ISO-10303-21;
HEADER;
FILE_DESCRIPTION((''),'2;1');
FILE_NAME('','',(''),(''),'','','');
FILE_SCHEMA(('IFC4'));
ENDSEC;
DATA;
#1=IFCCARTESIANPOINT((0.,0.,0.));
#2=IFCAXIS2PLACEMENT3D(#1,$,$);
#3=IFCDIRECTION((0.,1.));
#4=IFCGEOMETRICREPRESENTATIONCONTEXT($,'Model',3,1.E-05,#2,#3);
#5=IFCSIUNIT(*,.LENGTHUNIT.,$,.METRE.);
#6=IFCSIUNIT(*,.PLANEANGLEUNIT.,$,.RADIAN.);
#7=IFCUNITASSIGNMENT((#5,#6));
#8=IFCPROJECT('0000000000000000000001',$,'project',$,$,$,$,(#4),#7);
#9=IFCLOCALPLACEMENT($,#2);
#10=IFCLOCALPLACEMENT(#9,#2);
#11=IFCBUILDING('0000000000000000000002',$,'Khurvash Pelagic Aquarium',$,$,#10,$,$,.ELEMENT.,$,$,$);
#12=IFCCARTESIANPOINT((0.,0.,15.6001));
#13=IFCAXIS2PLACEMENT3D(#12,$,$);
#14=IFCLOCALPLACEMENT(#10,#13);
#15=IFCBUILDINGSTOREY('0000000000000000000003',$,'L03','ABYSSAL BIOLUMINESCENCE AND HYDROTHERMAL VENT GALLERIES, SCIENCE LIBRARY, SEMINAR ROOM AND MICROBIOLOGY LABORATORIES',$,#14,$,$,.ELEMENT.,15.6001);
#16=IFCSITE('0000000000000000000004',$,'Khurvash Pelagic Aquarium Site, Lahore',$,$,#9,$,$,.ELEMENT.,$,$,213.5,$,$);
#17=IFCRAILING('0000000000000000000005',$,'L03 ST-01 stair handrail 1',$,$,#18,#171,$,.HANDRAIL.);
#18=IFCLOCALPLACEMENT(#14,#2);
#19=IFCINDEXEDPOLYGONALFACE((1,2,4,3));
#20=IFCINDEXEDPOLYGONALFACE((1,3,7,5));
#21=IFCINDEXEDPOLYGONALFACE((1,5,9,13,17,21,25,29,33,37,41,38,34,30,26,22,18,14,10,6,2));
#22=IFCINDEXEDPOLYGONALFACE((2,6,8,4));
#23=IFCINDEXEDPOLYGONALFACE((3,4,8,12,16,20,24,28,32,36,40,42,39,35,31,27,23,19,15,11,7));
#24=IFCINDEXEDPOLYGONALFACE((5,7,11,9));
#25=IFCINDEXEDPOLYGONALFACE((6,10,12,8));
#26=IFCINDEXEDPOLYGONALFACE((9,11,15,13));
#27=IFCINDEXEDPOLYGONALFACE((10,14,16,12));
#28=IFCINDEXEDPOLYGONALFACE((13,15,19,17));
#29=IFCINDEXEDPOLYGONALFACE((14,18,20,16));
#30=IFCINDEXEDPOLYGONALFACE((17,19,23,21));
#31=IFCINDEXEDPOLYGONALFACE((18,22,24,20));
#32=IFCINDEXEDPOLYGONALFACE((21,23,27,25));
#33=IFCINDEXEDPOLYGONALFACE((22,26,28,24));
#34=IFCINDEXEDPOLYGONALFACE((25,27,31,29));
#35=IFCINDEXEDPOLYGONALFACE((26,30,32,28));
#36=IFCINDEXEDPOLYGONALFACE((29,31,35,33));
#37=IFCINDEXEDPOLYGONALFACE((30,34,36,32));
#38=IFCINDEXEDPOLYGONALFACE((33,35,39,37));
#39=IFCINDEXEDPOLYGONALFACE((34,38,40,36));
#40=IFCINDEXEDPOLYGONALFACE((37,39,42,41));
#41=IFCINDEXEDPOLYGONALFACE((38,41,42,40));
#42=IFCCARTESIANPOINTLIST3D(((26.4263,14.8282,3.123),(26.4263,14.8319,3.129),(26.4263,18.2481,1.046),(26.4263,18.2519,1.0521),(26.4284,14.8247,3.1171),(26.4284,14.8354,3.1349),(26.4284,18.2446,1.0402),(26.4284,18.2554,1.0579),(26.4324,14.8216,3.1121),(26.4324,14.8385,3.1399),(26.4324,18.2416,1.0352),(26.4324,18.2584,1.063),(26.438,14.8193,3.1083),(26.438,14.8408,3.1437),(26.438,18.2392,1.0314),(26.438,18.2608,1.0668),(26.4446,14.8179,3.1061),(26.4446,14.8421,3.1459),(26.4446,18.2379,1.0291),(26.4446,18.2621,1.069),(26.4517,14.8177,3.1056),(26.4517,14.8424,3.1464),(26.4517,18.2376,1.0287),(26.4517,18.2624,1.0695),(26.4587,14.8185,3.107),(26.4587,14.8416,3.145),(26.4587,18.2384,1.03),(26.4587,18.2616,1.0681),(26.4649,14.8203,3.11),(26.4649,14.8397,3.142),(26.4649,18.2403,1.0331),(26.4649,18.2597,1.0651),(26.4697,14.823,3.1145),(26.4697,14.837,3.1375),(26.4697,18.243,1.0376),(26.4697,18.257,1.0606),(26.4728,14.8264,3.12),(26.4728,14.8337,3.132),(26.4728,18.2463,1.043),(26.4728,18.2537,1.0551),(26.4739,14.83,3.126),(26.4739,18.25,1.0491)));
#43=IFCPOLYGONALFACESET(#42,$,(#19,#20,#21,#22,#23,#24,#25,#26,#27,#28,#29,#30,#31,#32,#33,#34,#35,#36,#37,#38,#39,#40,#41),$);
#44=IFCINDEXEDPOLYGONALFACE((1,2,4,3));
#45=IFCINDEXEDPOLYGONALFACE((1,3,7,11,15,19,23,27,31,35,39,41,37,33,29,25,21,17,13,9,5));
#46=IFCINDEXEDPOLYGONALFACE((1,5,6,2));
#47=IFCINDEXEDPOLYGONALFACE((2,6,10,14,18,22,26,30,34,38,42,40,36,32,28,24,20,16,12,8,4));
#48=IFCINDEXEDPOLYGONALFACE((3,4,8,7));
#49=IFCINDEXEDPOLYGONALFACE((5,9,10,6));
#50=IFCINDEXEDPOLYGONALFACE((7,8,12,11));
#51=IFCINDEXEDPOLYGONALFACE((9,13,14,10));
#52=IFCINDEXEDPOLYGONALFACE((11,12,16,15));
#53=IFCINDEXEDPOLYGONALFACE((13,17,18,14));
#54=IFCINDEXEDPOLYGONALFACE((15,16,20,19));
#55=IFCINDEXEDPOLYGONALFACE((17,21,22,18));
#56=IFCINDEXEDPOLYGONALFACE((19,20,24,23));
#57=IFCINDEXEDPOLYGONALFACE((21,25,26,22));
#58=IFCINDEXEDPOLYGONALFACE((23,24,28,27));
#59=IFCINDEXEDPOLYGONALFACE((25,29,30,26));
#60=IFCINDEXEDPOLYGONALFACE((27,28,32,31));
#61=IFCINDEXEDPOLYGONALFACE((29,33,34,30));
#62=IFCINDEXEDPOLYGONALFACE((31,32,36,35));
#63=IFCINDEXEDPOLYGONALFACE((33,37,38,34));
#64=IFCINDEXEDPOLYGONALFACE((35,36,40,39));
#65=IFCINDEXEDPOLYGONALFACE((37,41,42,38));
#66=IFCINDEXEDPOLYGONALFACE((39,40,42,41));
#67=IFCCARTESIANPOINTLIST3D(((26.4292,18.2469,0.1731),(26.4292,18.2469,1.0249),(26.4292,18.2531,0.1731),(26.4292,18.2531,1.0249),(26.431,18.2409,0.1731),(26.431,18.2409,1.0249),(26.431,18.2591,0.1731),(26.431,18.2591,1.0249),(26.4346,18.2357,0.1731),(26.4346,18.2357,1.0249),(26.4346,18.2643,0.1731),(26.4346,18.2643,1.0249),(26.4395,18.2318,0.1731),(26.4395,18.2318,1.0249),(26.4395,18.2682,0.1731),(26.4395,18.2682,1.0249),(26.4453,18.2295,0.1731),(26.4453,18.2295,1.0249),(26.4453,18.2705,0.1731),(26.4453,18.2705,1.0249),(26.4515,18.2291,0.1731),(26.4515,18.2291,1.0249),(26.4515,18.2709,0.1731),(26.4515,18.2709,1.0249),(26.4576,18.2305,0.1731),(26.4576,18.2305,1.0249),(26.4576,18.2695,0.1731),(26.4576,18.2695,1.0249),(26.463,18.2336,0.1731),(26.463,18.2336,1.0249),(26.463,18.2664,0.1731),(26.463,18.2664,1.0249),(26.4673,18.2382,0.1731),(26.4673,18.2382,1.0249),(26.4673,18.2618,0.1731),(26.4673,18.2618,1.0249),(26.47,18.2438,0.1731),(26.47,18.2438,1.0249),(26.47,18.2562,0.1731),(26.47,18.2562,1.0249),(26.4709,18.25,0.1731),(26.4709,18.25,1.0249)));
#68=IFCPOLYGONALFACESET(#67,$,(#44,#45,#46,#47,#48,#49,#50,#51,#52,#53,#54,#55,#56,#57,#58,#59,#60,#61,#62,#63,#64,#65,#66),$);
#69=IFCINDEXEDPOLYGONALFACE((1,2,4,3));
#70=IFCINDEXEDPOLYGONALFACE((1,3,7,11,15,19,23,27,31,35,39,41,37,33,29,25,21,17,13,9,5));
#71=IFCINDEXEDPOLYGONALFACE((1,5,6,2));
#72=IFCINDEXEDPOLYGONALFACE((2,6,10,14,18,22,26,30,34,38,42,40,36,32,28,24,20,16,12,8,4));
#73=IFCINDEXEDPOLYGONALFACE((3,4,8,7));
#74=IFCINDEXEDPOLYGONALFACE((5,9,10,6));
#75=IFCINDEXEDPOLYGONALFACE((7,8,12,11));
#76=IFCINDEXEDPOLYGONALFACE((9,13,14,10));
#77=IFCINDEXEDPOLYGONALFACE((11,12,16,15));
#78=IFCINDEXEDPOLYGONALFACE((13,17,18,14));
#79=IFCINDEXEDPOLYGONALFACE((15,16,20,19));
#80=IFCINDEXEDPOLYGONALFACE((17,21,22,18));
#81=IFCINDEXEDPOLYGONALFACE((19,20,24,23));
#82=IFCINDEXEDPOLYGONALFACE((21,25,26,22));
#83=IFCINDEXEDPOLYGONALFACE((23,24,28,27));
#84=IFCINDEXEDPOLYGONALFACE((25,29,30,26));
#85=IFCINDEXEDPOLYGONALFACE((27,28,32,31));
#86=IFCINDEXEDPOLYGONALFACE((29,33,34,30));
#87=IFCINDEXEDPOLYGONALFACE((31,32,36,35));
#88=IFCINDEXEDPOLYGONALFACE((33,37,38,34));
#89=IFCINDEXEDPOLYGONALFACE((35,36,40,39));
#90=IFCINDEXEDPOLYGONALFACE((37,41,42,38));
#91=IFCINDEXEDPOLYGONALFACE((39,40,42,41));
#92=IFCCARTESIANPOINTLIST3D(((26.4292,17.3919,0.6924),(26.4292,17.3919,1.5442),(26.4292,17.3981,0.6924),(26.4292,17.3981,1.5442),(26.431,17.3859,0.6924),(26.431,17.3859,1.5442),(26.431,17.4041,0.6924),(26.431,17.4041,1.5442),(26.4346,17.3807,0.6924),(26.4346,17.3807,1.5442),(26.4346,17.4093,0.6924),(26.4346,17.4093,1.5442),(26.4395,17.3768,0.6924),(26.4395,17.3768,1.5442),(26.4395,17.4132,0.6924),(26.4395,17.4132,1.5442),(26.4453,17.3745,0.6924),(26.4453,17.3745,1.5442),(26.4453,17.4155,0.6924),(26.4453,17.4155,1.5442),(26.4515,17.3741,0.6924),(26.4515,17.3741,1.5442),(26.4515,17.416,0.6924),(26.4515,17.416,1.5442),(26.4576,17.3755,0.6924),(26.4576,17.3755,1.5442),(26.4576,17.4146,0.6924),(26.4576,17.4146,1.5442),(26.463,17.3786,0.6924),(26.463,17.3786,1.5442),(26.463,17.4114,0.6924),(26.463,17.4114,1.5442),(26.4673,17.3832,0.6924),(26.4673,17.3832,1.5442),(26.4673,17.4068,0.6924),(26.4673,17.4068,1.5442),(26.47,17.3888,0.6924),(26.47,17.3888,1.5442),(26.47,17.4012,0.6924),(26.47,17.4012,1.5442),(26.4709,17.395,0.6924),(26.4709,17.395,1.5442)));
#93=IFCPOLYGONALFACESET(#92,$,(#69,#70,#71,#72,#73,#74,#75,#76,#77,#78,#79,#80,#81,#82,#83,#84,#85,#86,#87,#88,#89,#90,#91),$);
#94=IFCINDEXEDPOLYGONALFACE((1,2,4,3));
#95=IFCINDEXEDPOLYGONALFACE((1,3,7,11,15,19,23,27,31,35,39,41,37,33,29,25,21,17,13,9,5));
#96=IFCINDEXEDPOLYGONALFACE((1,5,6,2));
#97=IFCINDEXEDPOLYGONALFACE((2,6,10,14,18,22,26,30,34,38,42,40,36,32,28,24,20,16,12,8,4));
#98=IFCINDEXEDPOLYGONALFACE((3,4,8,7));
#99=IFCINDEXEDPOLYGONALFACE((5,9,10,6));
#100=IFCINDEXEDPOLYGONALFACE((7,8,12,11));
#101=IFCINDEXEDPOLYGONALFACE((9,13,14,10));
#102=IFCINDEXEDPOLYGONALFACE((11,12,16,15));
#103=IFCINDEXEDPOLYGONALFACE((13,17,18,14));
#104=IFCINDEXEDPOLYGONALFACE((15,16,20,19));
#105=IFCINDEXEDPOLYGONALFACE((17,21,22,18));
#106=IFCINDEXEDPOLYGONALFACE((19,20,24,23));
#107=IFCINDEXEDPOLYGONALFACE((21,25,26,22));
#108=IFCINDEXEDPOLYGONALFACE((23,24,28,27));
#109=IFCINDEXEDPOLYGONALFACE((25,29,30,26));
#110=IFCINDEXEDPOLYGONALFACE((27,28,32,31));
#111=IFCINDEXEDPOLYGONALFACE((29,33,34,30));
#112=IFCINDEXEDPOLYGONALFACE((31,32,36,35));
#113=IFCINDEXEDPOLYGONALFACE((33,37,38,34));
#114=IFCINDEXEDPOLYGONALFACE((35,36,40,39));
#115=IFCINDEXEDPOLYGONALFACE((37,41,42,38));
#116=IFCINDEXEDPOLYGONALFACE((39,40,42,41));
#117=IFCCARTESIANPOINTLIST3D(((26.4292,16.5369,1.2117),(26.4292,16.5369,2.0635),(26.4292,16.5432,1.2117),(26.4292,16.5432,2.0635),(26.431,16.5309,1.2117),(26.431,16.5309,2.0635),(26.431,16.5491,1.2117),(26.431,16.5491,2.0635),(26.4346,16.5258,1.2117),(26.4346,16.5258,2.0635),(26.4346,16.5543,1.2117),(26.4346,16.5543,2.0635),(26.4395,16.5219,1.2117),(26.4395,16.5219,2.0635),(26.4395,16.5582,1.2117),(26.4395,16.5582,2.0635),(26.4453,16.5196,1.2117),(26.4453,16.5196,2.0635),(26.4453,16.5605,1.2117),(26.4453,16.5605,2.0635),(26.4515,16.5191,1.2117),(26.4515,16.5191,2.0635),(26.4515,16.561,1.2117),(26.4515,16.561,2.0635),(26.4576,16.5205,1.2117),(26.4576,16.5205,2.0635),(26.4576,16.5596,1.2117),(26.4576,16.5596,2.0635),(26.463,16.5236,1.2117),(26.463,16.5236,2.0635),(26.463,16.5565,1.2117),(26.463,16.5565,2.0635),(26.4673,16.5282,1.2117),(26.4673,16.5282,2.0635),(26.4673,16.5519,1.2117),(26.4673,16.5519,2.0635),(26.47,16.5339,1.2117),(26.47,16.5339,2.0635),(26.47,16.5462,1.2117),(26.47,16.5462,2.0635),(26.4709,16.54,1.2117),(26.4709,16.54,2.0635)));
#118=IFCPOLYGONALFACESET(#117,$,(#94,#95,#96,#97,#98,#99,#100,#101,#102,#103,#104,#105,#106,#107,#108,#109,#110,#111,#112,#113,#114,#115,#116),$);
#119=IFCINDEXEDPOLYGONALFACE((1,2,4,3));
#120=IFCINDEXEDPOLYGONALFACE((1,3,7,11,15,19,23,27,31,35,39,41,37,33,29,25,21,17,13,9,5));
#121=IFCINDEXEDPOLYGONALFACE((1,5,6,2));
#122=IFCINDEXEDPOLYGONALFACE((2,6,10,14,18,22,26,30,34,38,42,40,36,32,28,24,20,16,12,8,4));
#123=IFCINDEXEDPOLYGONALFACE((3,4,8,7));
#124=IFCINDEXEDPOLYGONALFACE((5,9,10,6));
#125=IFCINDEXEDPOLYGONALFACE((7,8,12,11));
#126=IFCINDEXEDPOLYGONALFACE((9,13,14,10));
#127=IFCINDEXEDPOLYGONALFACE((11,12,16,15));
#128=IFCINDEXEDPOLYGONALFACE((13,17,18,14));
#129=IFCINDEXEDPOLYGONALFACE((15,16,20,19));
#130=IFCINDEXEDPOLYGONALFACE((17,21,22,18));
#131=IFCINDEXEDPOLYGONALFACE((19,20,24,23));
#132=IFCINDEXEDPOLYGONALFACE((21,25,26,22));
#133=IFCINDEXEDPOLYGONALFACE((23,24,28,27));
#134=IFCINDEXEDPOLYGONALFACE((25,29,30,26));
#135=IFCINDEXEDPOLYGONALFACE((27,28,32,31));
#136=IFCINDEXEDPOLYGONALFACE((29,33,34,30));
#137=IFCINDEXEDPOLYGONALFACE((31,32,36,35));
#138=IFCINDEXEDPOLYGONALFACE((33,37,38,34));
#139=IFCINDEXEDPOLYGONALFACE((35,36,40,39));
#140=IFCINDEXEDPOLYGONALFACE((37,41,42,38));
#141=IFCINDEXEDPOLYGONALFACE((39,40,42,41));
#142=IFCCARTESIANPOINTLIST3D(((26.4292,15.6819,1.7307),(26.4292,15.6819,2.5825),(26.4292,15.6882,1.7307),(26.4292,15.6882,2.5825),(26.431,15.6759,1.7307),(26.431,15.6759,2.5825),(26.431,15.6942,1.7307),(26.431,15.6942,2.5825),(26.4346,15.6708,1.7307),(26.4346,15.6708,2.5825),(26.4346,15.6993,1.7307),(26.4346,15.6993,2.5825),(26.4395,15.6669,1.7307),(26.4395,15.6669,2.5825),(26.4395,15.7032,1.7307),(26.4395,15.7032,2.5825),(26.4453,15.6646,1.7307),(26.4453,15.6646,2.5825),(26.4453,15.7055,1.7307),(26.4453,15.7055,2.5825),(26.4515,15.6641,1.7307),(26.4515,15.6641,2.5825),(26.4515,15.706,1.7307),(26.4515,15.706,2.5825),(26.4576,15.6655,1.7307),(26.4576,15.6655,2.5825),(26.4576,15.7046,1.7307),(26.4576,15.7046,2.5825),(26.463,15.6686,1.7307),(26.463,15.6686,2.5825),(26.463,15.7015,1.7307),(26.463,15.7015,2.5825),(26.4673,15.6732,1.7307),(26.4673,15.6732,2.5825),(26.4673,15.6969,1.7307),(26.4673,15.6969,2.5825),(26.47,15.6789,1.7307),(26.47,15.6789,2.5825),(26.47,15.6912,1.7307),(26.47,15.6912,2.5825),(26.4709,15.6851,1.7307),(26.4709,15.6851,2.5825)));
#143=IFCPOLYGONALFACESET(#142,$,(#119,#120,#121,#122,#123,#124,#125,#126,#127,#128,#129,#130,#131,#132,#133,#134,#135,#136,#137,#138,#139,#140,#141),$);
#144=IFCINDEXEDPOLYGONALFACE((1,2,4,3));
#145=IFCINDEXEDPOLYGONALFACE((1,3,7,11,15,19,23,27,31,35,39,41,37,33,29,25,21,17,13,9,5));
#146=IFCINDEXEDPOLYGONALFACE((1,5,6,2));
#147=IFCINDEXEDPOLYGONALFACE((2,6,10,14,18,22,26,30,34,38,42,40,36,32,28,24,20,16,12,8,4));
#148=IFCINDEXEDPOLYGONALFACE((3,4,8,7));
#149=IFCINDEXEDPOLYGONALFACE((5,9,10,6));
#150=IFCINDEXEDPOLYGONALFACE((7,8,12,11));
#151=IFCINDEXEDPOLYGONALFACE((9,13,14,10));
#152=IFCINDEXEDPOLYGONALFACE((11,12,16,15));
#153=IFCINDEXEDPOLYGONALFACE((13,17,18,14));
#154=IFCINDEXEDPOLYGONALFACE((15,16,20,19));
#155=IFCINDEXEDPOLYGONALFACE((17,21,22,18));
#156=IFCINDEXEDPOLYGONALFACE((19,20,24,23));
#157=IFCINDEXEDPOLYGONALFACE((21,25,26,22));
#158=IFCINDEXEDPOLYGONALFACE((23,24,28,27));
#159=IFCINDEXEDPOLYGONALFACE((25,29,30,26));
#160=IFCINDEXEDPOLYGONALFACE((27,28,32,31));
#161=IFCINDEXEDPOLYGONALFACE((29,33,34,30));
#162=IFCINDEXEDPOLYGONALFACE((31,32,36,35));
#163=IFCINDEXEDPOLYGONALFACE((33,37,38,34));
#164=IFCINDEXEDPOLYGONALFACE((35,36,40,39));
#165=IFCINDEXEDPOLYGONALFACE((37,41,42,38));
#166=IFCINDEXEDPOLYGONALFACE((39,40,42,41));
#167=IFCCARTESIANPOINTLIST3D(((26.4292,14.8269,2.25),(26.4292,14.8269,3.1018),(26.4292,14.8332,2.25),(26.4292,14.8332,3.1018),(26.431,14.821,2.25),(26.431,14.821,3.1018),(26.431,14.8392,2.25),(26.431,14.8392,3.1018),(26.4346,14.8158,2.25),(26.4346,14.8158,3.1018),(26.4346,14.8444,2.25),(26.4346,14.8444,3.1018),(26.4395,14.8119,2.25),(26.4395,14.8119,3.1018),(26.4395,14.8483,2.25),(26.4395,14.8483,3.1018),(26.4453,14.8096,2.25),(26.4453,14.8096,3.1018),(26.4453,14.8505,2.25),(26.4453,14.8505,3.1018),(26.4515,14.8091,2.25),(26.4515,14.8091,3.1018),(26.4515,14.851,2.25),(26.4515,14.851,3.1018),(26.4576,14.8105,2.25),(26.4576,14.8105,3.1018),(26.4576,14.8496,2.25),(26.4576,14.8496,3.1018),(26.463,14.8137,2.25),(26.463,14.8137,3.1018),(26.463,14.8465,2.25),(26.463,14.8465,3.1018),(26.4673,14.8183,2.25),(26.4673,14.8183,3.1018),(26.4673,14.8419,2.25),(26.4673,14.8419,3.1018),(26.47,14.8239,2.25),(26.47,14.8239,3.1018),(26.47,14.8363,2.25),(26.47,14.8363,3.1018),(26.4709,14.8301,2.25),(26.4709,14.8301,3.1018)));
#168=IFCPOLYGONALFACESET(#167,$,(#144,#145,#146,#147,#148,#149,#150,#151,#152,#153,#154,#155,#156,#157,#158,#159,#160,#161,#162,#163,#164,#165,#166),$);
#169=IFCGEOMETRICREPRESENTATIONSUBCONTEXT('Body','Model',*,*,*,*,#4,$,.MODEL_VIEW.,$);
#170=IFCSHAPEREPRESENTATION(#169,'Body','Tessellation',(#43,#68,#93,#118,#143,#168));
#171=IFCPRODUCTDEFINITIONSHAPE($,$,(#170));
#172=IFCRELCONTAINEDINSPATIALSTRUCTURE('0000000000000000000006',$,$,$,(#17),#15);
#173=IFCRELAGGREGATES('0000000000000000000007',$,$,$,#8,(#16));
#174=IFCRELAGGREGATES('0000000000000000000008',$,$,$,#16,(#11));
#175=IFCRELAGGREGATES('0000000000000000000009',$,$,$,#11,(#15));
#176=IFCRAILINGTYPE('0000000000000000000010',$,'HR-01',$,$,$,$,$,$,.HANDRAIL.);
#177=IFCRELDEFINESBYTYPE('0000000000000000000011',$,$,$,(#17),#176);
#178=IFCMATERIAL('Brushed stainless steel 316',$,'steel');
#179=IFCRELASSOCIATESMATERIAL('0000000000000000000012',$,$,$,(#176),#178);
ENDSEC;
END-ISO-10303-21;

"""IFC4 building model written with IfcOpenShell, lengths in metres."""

from ifc_helpers import new_model, si_unit, direction, frame, origin, origin_2d, place, context, subcontext, project, spatial, circle, extrude, material, type_object, element, save


model = new_model("IFC4")

# Units and contexts
model_context = context("Model", 3, precision=1e-05, world=origin(), true_north=direction((0.0, 1.0)))
body_context = subcontext(model_context, "Body", "Model", "MODEL_VIEW")
ifc_project = project(units=[si_unit("LENGTHUNIT", "METRE"), si_unit("PLANEANGLEUNIT", "RADIAN")], contexts=[model_context])

# Site, building, storey
site_placement = place(None, origin())
site = spatial("IfcSite", under=ifc_project, at=site_placement, Name="Khurvash Pelagic Aquarium Site, Lahore", CompositionType="ELEMENT", RefElevation=213.5)
building_placement = place(site_placement, origin())
building = spatial("IfcBuilding", under=site, at=building_placement, Name="Khurvash Pelagic Aquarium", CompositionType="ELEMENT")
storey_placement = place(building_placement, frame((0.0, 0.0, 15.6001)))
storey = spatial("IfcBuildingStorey", under=building, at=storey_placement, Name="L03", Description="ABYSSAL BIOLUMINESCENCE AND HYDROTHERMAL VENT GALLERIES, SCIENCE LIBRARY, SEMINAR ROOM AND MICROBIOLOGY LABORATORIES", CompositionType="ELEMENT", Elevation=15.6001)

# Railing
ifc_material_1 = material(Name="Brushed stainless steel 316", Category="steel")
railing_type_1 = type_object("IfcRailingType", Name="HR-01", PredefinedType="HANDRAIL", material=ifc_material_1)
railing_1_placement = place(storey_placement, frame((26.45, 18.25, 0.1731)))
element("IfcRailing", 1, at=railing_1_placement, inside=storey, type_object=railing_type_1, Name="L03 ST-01 stair handrail 1", PredefinedType="HANDRAIL", context=body_context, shape_type="SweptSolid", body=[
    extrude(circle(Radius=0.0239, at=origin_2d()), frame((0.0, 0.0, 0.876), z_axis=(0.0, -0.85473, 0.519074), x_axis=(1.0, 0.0, 0.0)), (0.0, 0.0, 1.0), 4.0012),
    extrude(circle(Radius=0.021, at=origin_2d()), origin(), (0.0, 0.0, 1.0), 0.8518),
    extrude(circle(Radius=0.021, at=origin_2d()), frame((0.0, -0.855, 0.5193)), (0.0, 0.0, 1.0), 0.8518),
    extrude(circle(Radius=0.021, at=origin_2d()), frame((0.0, -1.71, 1.0386)), (0.0, 0.0, 1.0), 0.8518),
    extrude(circle(Radius=0.021, at=origin_2d()), frame((0.0, -2.5649, 1.5576)), (0.0, 0.0, 1.0), 0.8518),
    extrude(circle(Radius=0.021, at=origin_2d()), frame((0.0, -3.4199, 2.0769)), (0.0, 0.0, 1.0), 0.8518),
])

save(model, "model.ifc")
